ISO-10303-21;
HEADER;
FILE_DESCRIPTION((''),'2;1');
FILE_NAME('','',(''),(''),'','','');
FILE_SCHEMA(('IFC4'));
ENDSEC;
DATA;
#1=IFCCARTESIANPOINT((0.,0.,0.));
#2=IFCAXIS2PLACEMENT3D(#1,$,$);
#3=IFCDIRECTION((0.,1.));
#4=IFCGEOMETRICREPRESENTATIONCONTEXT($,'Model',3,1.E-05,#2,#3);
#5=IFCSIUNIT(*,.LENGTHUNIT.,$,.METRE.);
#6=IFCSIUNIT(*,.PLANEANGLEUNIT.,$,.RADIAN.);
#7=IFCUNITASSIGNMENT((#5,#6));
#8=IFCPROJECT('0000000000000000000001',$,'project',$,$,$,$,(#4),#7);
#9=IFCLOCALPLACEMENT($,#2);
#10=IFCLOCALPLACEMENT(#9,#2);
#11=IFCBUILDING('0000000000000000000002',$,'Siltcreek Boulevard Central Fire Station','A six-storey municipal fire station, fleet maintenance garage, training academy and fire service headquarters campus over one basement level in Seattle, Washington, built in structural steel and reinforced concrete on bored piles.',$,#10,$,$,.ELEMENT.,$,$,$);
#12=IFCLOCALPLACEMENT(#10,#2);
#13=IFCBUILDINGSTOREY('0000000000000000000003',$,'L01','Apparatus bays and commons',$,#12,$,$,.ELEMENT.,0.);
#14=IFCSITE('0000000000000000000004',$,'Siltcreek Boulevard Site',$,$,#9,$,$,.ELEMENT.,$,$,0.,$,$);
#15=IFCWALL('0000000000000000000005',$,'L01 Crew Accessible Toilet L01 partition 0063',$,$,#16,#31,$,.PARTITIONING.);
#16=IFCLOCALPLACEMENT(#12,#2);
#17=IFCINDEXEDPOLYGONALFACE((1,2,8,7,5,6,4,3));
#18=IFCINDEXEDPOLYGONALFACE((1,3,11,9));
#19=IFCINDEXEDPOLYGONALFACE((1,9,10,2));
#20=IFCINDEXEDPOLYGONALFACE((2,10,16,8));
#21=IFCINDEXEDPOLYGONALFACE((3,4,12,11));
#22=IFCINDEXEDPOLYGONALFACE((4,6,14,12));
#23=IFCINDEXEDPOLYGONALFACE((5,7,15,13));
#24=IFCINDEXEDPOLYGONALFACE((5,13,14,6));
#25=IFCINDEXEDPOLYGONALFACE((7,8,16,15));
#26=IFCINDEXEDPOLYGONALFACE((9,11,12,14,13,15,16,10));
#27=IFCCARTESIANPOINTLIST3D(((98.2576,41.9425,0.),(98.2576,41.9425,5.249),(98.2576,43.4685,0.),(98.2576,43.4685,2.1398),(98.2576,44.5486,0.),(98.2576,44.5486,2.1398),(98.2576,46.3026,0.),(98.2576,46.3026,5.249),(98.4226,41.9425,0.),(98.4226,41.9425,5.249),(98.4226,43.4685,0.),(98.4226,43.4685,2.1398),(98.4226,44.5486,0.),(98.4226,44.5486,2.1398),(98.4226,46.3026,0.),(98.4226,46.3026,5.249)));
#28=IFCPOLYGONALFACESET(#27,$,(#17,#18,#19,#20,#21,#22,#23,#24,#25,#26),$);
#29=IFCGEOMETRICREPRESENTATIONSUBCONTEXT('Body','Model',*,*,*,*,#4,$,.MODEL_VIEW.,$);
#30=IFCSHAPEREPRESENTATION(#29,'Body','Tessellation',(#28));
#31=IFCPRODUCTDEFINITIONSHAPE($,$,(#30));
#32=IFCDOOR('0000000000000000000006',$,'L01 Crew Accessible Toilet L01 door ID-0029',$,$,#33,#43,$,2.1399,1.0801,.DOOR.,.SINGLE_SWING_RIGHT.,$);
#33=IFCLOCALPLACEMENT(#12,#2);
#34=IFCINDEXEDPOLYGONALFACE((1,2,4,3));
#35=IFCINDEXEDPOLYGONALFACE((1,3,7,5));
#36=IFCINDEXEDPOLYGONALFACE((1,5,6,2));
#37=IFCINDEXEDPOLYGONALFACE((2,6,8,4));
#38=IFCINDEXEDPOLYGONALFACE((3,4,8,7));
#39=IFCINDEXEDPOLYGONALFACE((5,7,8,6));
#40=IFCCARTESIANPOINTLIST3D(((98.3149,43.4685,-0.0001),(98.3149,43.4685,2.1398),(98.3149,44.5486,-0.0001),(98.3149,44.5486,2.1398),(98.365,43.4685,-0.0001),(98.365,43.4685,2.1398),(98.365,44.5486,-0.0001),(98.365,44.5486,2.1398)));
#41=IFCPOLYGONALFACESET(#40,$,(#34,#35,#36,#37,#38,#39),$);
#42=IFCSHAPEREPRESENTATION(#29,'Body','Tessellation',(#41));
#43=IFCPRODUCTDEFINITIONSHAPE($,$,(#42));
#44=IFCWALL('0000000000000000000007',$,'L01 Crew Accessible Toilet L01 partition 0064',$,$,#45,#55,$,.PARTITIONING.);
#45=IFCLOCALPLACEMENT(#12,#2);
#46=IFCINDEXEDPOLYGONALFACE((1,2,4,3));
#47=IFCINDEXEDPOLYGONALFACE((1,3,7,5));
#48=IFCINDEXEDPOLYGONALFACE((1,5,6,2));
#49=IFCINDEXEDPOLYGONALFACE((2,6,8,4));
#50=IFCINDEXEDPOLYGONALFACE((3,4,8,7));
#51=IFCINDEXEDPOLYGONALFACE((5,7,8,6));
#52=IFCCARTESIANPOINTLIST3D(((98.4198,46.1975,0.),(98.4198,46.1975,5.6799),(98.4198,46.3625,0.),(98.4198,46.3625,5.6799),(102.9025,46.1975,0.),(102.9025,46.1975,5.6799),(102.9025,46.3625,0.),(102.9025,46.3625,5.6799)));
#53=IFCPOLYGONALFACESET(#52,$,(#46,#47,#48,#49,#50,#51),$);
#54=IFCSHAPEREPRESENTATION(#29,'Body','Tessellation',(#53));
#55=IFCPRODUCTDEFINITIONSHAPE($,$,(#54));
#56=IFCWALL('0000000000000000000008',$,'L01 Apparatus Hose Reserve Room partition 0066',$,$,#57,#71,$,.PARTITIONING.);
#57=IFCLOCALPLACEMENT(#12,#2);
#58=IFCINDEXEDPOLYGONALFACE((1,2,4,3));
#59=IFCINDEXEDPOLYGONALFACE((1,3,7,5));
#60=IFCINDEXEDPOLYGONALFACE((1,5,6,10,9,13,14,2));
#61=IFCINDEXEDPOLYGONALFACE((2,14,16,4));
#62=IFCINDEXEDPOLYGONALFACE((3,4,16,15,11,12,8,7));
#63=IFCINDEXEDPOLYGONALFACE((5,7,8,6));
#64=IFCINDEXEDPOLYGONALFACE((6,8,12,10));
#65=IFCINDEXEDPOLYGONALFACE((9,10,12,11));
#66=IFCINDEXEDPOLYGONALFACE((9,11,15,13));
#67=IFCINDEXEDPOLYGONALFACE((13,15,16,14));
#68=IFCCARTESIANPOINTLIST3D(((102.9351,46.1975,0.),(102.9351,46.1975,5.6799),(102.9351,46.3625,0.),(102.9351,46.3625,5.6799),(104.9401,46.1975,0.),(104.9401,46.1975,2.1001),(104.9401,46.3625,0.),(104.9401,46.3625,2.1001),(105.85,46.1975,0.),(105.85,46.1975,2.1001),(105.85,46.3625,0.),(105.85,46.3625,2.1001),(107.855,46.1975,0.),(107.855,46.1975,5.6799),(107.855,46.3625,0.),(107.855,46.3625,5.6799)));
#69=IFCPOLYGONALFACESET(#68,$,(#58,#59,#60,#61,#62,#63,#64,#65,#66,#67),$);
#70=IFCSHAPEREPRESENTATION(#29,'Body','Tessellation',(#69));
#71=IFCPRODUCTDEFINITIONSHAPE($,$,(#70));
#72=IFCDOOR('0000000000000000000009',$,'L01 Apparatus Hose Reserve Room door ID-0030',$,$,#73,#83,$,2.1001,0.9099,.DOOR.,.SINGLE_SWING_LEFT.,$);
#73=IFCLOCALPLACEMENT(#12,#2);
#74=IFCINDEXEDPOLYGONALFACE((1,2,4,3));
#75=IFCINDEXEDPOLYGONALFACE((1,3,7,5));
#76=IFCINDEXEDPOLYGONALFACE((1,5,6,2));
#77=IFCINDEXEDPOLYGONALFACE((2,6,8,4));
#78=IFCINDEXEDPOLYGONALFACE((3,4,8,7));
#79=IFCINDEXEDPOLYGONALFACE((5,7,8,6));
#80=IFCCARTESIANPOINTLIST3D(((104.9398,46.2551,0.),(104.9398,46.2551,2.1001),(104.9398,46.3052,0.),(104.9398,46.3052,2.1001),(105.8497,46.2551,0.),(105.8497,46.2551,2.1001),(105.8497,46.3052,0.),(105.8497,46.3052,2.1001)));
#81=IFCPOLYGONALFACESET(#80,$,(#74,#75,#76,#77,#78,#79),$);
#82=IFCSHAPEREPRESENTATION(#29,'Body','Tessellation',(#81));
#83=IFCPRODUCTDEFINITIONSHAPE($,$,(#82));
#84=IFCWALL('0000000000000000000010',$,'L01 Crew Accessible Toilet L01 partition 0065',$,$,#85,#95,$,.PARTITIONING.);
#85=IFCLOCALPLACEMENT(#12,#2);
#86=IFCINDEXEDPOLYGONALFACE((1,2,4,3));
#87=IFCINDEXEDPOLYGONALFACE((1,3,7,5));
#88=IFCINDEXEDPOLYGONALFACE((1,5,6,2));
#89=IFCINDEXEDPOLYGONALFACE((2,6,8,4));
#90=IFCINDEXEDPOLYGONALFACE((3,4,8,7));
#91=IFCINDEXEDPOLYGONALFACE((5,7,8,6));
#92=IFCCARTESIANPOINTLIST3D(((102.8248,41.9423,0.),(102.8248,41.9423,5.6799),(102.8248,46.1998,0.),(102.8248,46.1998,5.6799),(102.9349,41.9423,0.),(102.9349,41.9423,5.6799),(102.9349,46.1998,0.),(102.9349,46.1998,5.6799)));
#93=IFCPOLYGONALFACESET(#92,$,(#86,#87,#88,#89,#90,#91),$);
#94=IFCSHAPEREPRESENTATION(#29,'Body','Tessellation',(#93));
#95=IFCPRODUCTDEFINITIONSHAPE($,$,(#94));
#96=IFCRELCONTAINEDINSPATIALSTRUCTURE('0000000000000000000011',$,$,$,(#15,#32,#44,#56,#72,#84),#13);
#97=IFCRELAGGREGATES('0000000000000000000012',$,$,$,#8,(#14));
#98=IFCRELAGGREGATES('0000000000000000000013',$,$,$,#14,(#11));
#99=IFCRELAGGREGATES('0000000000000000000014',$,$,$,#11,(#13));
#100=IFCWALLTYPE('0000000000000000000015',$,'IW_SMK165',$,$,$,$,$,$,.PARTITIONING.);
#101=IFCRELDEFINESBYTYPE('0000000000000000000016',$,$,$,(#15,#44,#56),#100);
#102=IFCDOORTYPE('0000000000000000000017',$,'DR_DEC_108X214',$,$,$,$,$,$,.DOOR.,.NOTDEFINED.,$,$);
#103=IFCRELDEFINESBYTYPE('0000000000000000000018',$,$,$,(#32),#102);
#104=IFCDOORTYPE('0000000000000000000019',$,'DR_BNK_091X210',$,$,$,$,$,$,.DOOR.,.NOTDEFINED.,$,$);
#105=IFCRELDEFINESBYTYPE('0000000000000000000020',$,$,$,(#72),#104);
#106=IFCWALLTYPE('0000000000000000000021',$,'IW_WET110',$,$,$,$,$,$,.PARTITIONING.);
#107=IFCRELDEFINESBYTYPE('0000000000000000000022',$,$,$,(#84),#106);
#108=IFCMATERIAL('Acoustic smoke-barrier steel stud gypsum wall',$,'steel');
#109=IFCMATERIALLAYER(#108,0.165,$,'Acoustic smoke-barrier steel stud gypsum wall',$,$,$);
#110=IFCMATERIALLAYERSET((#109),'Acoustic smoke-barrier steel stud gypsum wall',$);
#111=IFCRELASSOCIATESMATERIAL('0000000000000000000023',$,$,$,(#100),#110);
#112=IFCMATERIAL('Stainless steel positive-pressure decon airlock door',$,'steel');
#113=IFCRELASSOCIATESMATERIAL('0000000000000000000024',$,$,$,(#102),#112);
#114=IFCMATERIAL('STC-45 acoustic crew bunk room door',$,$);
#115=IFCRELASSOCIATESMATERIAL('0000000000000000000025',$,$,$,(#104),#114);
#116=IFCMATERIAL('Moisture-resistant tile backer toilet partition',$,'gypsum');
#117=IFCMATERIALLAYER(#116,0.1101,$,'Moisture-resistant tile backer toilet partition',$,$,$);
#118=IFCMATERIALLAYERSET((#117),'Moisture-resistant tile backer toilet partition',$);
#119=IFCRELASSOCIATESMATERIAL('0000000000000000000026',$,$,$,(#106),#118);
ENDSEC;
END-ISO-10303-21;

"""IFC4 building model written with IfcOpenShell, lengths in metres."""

from ifc_helpers import new_model, si_unit, direction, frame, frame_2d, origin, place, context, subcontext, project, spatial, rectangle, extrude, material, layer, layer_set, type_object, element, fill, save


model = new_model("IFC4")

# Units and contexts
model_context = context("Model", 3, precision=1e-05, world=origin(), true_north=direction((0.0, 1.0)))
body_context = subcontext(model_context, "Body", "Model", "MODEL_VIEW")
ifc_project = project(units=[si_unit("LENGTHUNIT", "METRE"), si_unit("PLANEANGLEUNIT", "RADIAN")], contexts=[model_context])

# Site, building, storey
site_placement = place(None, origin())
site = spatial("IfcSite", under=ifc_project, at=site_placement, Name="Siltcreek Boulevard Site", CompositionType="ELEMENT", RefElevation=0.0)
building_placement = place(site_placement, origin())
building = spatial("IfcBuilding", under=site, at=building_placement, Name="Siltcreek Boulevard Central Fire Station", Description="A six-storey municipal fire station, fleet maintenance garage, training academy and fire service headquarters campus over one basement level in Seattle, Washington, built in structural steel and reinforced concrete on bored piles.", CompositionType="ELEMENT")
storey_placement = place(building_placement, origin())
storey = spatial("IfcBuildingStorey", under=building, at=storey_placement, Name="L01", Description="Apparatus bays and commons", CompositionType="ELEMENT", Elevation=0.0)

# Wall, opening, door
ifc_material_1 = material(Name="Acoustic smoke-barrier steel stud gypsum wall", Category="steel")
ifc_layer_1 = layer(ifc_material_1, 0.165, Name="Acoustic smoke-barrier steel stud gypsum wall")
ifc_layer_set_1 = layer_set([ifc_layer_1], Name="Acoustic smoke-barrier steel stud gypsum wall")
wall_type_1 = type_object("IfcWallType", Name="IW_SMK165", PredefinedType="PARTITIONING", material=ifc_layer_set_1)
wall_1_placement = place(storey_placement, frame((98.3401, 41.9424, 0.0), z_axis=(0.0, 0.0, 1.0), x_axis=(0.0, 1.0, 0.0)))
wall_1 = element("IfcWall", 1, at=wall_1_placement, inside=storey, type_object=wall_type_1, Name="L01 Crew Accessible Toilet L01 partition 0063", PredefinedType="PARTITIONING", context=body_context, shape_type="SweptSolid", body=[
    extrude(rectangle(XDim=4.3601, YDim=0.165, at=frame_2d((2.1802, 0.0))), origin(), (0.0, 0.0, 1.0), 5.249),
])
opening_1_placement = place(wall_1_placement, frame((1.5261, 0.0, 0.0)))
opening_1 = element("IfcOpeningElement", 2, at=opening_1_placement, cuts=wall_1, PredefinedType="OPENING", context=body_context, shape_type="SweptSolid", body=[
    extrude(rectangle(XDim=1.0801, YDim=2.1399, at=frame_2d((0.54, 1.0698))), frame((0.0, 0.0925, 0.0), z_axis=(0.0, -1.0, 0.0), x_axis=(1.0, 0.0, 0.0)), (0.0, 0.0, 1.0), 0.1851),
])
ifc_material_2 = material(Name="Stainless steel positive-pressure decon airlock door", Category="steel")
door_type_1 = type_object("IfcDoorType", Name="DR_DEC_108X214", OperationType="NOTDEFINED", PredefinedType="DOOR", material=ifc_material_2)
door_1_placement = place(opening_1_placement, frame((1.0801, 0.0, 0.0), z_axis=(0.0, 0.0, 1.0), x_axis=(-1.0, 0.0, 0.0)))
door_1 = element("IfcDoor", 3, at=door_1_placement, inside=storey, type_object=door_type_1, Name="L01 Crew Accessible Toilet L01 door ID-0029", OperationType="SINGLE_SWING_RIGHT", OverallHeight=2.1399, OverallWidth=1.0801, PredefinedType="DOOR", context=body_context, shape_type="SweptSolid", body=[
    extrude(rectangle(XDim=1.0801, YDim=2.1399, at=frame_2d((0.54, 1.0698))), frame((0.0, 0.0249, 0.0), z_axis=(0.0, -1.0, 0.0), x_axis=(1.0, 0.0, 0.0)), (0.0, 0.0, 1.0), 0.05),
])
fill(opening_1, door_1)

# Wall
wall_2_placement = place(storey_placement, frame((98.4199, 46.28, 0.0), z_axis=(0.0, 0.0, 1.0), x_axis=(1.0, 0.0, 0.0)))
element("IfcWall", 4, at=wall_2_placement, inside=storey, type_object=wall_type_1, Name="L01 Crew Accessible Toilet L01 partition 0064", PredefinedType="PARTITIONING", context=body_context, shape_type="SweptSolid", body=[
    extrude(rectangle(XDim=4.4827, YDim=0.165, at=frame_2d((2.2412, 0.0))), origin(), (0.0, 0.0, 1.0), 5.6799),
])

# Wall, opening, door
wall_3_placement = place(storey_placement, frame((102.9351, 46.28, 0.0), z_axis=(0.0, 0.0, 1.0), x_axis=(1.0, 0.0, 0.0)))
wall_3 = element("IfcWall", 5, at=wall_3_placement, inside=storey, type_object=wall_type_1, Name="L01 Apparatus Hose Reserve Room partition 0066", PredefinedType="PARTITIONING", context=body_context, shape_type="SweptSolid", body=[
    extrude(rectangle(XDim=4.9199, YDim=0.165, at=frame_2d((2.46, 0.0))), origin(), (0.0, 0.0, 1.0), 5.6799),
])
opening_2_placement = place(wall_3_placement, frame((2.0049, 0.0, 0.0)))
opening_2 = element("IfcOpeningElement", 6, at=opening_2_placement, cuts=wall_3, PredefinedType="OPENING", context=body_context, shape_type="SweptSolid", body=[
    extrude(rectangle(XDim=0.9099, YDim=2.1001, at=frame_2d((0.4551, 1.05))), frame((0.0, 0.0925, 0.0), z_axis=(0.0, -1.0, 0.0), x_axis=(1.0, 0.0, 0.0)), (0.0, 0.0, 1.0), 0.1851),
])
ifc_material_3 = material(Name="STC-45 acoustic crew bunk room door")
door_type_2 = type_object("IfcDoorType", Name="DR_BNK_091X210", OperationType="NOTDEFINED", PredefinedType="DOOR", material=ifc_material_3)
door_2_placement = place(opening_2_placement, frame((0.9099, 0.0, 0.0), z_axis=(0.0, 0.0, 1.0), x_axis=(-1.0, 0.0, 0.0)))
door_2 = element("IfcDoor", 7, at=door_2_placement, inside=storey, type_object=door_type_2, Name="L01 Apparatus Hose Reserve Room door ID-0030", OperationType="SINGLE_SWING_LEFT", OverallHeight=2.1001, OverallWidth=0.9099, PredefinedType="DOOR", context=body_context, shape_type="SweptSolid", body=[
    extrude(rectangle(XDim=0.9099, YDim=2.1001, at=frame_2d((0.4551, 1.05))), frame((0.0, 0.0249, 0.0), z_axis=(0.0, -1.0, 0.0), x_axis=(1.0, 0.0, 0.0)), (0.0, 0.0, 1.0), 0.05),
])
fill(opening_2, door_2)

# Wall
ifc_material_4 = material(Name="Moisture-resistant tile backer toilet partition", Category="gypsum")
ifc_layer_2 = layer(ifc_material_4, 0.1101, Name="Moisture-resistant tile backer toilet partition")
ifc_layer_set_2 = layer_set([ifc_layer_2], Name="Moisture-resistant tile backer toilet partition")
wall_type_2 = type_object("IfcWallType", Name="IW_WET110", PredefinedType="PARTITIONING", material=ifc_layer_set_2)
wall_4_placement = place(storey_placement, frame((102.8799, 46.2, 0.0), z_axis=(0.0, 0.0, 1.0), x_axis=(0.0, -1.0, 0.0)))
element("IfcWall", 8, at=wall_4_placement, inside=storey, type_object=wall_type_2, Name="L01 Crew Accessible Toilet L01 partition 0065", PredefinedType="PARTITIONING", context=body_context, shape_type="SweptSolid", body=[
    extrude(rectangle(XDim=4.2576, YDim=0.1101, at=frame_2d((2.1289, 0.0))), origin(), (0.0, 0.0, 1.0), 5.6799),
])

save(model, "model.ifc")
